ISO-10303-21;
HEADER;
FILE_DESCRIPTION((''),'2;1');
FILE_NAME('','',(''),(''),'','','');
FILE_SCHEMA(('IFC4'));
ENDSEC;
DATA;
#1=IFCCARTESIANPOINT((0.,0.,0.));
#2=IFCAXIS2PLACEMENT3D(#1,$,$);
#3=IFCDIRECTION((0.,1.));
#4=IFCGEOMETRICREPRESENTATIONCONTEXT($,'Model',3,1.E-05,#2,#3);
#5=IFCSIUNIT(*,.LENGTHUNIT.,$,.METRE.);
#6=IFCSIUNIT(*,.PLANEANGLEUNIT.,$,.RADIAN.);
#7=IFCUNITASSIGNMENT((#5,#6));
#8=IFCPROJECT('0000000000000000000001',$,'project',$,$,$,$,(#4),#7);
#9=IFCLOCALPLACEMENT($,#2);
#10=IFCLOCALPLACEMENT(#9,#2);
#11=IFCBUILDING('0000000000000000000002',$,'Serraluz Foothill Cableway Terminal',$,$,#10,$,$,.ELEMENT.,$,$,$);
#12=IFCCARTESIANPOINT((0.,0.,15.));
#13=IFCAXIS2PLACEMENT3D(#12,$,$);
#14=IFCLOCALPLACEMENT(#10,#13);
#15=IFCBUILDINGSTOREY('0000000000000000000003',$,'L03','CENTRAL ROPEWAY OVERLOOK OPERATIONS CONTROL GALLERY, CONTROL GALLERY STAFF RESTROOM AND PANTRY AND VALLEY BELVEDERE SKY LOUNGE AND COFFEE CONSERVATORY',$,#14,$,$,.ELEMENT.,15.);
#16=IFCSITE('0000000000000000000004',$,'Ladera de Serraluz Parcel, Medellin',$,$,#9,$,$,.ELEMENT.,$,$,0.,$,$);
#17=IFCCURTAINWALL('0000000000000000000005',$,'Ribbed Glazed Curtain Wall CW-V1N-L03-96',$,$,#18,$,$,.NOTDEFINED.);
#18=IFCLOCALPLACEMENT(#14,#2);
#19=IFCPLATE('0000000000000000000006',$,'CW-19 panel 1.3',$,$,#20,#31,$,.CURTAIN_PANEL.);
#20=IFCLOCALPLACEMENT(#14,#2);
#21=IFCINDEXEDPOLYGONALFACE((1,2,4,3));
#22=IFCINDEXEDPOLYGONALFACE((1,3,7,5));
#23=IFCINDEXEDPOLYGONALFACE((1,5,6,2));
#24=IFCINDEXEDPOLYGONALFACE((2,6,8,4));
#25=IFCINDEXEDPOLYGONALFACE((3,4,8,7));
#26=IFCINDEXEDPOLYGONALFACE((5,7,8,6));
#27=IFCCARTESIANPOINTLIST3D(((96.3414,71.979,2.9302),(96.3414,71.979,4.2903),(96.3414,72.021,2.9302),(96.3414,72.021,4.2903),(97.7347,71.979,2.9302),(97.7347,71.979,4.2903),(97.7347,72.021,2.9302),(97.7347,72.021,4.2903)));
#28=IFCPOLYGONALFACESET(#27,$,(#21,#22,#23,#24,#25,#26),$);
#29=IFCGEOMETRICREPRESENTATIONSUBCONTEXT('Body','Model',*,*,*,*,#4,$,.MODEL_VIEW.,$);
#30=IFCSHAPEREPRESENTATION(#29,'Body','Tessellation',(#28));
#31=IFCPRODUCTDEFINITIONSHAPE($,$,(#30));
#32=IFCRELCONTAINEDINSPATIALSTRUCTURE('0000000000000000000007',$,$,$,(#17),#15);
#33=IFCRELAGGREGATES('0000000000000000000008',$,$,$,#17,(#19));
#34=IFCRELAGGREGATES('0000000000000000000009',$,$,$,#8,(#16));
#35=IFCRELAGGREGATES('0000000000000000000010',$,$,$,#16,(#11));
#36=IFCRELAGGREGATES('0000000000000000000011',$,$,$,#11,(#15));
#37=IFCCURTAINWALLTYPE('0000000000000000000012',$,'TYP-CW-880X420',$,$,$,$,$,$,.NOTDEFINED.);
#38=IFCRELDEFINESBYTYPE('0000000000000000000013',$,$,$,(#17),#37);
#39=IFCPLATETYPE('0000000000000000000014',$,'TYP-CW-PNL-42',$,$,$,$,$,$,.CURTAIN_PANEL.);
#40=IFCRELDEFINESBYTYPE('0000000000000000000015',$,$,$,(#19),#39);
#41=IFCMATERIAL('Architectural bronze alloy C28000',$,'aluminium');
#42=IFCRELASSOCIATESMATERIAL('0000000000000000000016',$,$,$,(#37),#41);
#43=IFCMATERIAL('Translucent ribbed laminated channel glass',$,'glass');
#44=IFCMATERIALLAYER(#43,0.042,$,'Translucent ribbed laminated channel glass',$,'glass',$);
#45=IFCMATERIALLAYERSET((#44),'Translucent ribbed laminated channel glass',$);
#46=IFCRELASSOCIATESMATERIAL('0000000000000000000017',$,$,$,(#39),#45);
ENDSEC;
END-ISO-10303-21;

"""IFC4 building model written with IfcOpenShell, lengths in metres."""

from ifc_helpers import new_model, si_unit, direction, frame, origin, origin_2d, place, context, subcontext, project, spatial, rectangle, extrude, material, layer, layer_set, type_object, element, aggregate, save


model = new_model("IFC4")

# Units and contexts
model_context = context("Model", 3, precision=1e-05, world=origin(), true_north=direction((0.0, 1.0)))
body_context = subcontext(model_context, "Body", "Model", "MODEL_VIEW")
ifc_project = project(units=[si_unit("LENGTHUNIT", "METRE"), si_unit("PLANEANGLEUNIT", "RADIAN")], contexts=[model_context])

# Site, building, storey
site_placement = place(None, origin())
site = spatial("IfcSite", under=ifc_project, at=site_placement, Name="Ladera de Serraluz Parcel, Medellin", CompositionType="ELEMENT", RefElevation=0.0)
building_placement = place(site_placement, origin())
building = spatial("IfcBuilding", under=site, at=building_placement, Name="Serraluz Foothill Cableway Terminal", CompositionType="ELEMENT")
storey_placement = place(building_placement, frame((0.0, 0.0, 15.0)))
storey = spatial("IfcBuildingStorey", under=building, at=storey_placement, Name="L03", Description="CENTRAL ROPEWAY OVERLOOK OPERATIONS CONTROL GALLERY, CONTROL GALLERY STAFF RESTROOM AND PANTRY AND VALLEY BELVEDERE SKY LOUNGE AND COFFEE CONSERVATORY", CompositionType="ELEMENT", Elevation=15.0)

# Curtain wall
ifc_material_1 = material(Name="Architectural bronze alloy C28000", Category="aluminium")
curtain_wall_type_1 = type_object("IfcCurtainWallType", Name="TYP-CW-880X420", PredefinedType="NOTDEFINED", material=ifc_material_1)
curtain_wall_1_placement = place(storey_placement, origin())
curtain_wall_1 = element("IfcCurtainWall", 1, at=curtain_wall_1_placement, inside=storey, type_object=curtain_wall_type_1, Name="Ribbed Glazed Curtain Wall CW-V1N-L03-96", PredefinedType="NOTDEFINED")

# Plate
ifc_material_2 = material(Name="Translucent ribbed laminated channel glass", Category="glass")
ifc_layer = layer(ifc_material_2, 0.042, Name="Translucent ribbed laminated channel glass", Category="glass")
ifc_layer_set = layer_set([ifc_layer], Name="Translucent ribbed laminated channel glass")
plate_type = type_object("IfcPlateType", Name="TYP-CW-PNL-42", PredefinedType="CURTAIN_PANEL", material=ifc_layer_set)
plate_1_placement = place(storey_placement, frame((97.0381, 72.0, 2.9302), z_axis=(0.0, 0.0, 1.0), x_axis=(1.0, 0.0, 0.0)))
plate_1 = element("IfcPlate", 2, at=plate_1_placement, type_object=plate_type, Name="CW-19 panel 1.3", PredefinedType="CURTAIN_PANEL", context=body_context, shape_type="SweptSolid", body=[
    extrude(rectangle(XDim=1.3933, YDim=0.042, at=origin_2d()), origin(), (0.0, 0.0, 1.0), 1.3601),
])
aggregate(curtain_wall_1, [plate_1])

save(model, "model.ifc")
